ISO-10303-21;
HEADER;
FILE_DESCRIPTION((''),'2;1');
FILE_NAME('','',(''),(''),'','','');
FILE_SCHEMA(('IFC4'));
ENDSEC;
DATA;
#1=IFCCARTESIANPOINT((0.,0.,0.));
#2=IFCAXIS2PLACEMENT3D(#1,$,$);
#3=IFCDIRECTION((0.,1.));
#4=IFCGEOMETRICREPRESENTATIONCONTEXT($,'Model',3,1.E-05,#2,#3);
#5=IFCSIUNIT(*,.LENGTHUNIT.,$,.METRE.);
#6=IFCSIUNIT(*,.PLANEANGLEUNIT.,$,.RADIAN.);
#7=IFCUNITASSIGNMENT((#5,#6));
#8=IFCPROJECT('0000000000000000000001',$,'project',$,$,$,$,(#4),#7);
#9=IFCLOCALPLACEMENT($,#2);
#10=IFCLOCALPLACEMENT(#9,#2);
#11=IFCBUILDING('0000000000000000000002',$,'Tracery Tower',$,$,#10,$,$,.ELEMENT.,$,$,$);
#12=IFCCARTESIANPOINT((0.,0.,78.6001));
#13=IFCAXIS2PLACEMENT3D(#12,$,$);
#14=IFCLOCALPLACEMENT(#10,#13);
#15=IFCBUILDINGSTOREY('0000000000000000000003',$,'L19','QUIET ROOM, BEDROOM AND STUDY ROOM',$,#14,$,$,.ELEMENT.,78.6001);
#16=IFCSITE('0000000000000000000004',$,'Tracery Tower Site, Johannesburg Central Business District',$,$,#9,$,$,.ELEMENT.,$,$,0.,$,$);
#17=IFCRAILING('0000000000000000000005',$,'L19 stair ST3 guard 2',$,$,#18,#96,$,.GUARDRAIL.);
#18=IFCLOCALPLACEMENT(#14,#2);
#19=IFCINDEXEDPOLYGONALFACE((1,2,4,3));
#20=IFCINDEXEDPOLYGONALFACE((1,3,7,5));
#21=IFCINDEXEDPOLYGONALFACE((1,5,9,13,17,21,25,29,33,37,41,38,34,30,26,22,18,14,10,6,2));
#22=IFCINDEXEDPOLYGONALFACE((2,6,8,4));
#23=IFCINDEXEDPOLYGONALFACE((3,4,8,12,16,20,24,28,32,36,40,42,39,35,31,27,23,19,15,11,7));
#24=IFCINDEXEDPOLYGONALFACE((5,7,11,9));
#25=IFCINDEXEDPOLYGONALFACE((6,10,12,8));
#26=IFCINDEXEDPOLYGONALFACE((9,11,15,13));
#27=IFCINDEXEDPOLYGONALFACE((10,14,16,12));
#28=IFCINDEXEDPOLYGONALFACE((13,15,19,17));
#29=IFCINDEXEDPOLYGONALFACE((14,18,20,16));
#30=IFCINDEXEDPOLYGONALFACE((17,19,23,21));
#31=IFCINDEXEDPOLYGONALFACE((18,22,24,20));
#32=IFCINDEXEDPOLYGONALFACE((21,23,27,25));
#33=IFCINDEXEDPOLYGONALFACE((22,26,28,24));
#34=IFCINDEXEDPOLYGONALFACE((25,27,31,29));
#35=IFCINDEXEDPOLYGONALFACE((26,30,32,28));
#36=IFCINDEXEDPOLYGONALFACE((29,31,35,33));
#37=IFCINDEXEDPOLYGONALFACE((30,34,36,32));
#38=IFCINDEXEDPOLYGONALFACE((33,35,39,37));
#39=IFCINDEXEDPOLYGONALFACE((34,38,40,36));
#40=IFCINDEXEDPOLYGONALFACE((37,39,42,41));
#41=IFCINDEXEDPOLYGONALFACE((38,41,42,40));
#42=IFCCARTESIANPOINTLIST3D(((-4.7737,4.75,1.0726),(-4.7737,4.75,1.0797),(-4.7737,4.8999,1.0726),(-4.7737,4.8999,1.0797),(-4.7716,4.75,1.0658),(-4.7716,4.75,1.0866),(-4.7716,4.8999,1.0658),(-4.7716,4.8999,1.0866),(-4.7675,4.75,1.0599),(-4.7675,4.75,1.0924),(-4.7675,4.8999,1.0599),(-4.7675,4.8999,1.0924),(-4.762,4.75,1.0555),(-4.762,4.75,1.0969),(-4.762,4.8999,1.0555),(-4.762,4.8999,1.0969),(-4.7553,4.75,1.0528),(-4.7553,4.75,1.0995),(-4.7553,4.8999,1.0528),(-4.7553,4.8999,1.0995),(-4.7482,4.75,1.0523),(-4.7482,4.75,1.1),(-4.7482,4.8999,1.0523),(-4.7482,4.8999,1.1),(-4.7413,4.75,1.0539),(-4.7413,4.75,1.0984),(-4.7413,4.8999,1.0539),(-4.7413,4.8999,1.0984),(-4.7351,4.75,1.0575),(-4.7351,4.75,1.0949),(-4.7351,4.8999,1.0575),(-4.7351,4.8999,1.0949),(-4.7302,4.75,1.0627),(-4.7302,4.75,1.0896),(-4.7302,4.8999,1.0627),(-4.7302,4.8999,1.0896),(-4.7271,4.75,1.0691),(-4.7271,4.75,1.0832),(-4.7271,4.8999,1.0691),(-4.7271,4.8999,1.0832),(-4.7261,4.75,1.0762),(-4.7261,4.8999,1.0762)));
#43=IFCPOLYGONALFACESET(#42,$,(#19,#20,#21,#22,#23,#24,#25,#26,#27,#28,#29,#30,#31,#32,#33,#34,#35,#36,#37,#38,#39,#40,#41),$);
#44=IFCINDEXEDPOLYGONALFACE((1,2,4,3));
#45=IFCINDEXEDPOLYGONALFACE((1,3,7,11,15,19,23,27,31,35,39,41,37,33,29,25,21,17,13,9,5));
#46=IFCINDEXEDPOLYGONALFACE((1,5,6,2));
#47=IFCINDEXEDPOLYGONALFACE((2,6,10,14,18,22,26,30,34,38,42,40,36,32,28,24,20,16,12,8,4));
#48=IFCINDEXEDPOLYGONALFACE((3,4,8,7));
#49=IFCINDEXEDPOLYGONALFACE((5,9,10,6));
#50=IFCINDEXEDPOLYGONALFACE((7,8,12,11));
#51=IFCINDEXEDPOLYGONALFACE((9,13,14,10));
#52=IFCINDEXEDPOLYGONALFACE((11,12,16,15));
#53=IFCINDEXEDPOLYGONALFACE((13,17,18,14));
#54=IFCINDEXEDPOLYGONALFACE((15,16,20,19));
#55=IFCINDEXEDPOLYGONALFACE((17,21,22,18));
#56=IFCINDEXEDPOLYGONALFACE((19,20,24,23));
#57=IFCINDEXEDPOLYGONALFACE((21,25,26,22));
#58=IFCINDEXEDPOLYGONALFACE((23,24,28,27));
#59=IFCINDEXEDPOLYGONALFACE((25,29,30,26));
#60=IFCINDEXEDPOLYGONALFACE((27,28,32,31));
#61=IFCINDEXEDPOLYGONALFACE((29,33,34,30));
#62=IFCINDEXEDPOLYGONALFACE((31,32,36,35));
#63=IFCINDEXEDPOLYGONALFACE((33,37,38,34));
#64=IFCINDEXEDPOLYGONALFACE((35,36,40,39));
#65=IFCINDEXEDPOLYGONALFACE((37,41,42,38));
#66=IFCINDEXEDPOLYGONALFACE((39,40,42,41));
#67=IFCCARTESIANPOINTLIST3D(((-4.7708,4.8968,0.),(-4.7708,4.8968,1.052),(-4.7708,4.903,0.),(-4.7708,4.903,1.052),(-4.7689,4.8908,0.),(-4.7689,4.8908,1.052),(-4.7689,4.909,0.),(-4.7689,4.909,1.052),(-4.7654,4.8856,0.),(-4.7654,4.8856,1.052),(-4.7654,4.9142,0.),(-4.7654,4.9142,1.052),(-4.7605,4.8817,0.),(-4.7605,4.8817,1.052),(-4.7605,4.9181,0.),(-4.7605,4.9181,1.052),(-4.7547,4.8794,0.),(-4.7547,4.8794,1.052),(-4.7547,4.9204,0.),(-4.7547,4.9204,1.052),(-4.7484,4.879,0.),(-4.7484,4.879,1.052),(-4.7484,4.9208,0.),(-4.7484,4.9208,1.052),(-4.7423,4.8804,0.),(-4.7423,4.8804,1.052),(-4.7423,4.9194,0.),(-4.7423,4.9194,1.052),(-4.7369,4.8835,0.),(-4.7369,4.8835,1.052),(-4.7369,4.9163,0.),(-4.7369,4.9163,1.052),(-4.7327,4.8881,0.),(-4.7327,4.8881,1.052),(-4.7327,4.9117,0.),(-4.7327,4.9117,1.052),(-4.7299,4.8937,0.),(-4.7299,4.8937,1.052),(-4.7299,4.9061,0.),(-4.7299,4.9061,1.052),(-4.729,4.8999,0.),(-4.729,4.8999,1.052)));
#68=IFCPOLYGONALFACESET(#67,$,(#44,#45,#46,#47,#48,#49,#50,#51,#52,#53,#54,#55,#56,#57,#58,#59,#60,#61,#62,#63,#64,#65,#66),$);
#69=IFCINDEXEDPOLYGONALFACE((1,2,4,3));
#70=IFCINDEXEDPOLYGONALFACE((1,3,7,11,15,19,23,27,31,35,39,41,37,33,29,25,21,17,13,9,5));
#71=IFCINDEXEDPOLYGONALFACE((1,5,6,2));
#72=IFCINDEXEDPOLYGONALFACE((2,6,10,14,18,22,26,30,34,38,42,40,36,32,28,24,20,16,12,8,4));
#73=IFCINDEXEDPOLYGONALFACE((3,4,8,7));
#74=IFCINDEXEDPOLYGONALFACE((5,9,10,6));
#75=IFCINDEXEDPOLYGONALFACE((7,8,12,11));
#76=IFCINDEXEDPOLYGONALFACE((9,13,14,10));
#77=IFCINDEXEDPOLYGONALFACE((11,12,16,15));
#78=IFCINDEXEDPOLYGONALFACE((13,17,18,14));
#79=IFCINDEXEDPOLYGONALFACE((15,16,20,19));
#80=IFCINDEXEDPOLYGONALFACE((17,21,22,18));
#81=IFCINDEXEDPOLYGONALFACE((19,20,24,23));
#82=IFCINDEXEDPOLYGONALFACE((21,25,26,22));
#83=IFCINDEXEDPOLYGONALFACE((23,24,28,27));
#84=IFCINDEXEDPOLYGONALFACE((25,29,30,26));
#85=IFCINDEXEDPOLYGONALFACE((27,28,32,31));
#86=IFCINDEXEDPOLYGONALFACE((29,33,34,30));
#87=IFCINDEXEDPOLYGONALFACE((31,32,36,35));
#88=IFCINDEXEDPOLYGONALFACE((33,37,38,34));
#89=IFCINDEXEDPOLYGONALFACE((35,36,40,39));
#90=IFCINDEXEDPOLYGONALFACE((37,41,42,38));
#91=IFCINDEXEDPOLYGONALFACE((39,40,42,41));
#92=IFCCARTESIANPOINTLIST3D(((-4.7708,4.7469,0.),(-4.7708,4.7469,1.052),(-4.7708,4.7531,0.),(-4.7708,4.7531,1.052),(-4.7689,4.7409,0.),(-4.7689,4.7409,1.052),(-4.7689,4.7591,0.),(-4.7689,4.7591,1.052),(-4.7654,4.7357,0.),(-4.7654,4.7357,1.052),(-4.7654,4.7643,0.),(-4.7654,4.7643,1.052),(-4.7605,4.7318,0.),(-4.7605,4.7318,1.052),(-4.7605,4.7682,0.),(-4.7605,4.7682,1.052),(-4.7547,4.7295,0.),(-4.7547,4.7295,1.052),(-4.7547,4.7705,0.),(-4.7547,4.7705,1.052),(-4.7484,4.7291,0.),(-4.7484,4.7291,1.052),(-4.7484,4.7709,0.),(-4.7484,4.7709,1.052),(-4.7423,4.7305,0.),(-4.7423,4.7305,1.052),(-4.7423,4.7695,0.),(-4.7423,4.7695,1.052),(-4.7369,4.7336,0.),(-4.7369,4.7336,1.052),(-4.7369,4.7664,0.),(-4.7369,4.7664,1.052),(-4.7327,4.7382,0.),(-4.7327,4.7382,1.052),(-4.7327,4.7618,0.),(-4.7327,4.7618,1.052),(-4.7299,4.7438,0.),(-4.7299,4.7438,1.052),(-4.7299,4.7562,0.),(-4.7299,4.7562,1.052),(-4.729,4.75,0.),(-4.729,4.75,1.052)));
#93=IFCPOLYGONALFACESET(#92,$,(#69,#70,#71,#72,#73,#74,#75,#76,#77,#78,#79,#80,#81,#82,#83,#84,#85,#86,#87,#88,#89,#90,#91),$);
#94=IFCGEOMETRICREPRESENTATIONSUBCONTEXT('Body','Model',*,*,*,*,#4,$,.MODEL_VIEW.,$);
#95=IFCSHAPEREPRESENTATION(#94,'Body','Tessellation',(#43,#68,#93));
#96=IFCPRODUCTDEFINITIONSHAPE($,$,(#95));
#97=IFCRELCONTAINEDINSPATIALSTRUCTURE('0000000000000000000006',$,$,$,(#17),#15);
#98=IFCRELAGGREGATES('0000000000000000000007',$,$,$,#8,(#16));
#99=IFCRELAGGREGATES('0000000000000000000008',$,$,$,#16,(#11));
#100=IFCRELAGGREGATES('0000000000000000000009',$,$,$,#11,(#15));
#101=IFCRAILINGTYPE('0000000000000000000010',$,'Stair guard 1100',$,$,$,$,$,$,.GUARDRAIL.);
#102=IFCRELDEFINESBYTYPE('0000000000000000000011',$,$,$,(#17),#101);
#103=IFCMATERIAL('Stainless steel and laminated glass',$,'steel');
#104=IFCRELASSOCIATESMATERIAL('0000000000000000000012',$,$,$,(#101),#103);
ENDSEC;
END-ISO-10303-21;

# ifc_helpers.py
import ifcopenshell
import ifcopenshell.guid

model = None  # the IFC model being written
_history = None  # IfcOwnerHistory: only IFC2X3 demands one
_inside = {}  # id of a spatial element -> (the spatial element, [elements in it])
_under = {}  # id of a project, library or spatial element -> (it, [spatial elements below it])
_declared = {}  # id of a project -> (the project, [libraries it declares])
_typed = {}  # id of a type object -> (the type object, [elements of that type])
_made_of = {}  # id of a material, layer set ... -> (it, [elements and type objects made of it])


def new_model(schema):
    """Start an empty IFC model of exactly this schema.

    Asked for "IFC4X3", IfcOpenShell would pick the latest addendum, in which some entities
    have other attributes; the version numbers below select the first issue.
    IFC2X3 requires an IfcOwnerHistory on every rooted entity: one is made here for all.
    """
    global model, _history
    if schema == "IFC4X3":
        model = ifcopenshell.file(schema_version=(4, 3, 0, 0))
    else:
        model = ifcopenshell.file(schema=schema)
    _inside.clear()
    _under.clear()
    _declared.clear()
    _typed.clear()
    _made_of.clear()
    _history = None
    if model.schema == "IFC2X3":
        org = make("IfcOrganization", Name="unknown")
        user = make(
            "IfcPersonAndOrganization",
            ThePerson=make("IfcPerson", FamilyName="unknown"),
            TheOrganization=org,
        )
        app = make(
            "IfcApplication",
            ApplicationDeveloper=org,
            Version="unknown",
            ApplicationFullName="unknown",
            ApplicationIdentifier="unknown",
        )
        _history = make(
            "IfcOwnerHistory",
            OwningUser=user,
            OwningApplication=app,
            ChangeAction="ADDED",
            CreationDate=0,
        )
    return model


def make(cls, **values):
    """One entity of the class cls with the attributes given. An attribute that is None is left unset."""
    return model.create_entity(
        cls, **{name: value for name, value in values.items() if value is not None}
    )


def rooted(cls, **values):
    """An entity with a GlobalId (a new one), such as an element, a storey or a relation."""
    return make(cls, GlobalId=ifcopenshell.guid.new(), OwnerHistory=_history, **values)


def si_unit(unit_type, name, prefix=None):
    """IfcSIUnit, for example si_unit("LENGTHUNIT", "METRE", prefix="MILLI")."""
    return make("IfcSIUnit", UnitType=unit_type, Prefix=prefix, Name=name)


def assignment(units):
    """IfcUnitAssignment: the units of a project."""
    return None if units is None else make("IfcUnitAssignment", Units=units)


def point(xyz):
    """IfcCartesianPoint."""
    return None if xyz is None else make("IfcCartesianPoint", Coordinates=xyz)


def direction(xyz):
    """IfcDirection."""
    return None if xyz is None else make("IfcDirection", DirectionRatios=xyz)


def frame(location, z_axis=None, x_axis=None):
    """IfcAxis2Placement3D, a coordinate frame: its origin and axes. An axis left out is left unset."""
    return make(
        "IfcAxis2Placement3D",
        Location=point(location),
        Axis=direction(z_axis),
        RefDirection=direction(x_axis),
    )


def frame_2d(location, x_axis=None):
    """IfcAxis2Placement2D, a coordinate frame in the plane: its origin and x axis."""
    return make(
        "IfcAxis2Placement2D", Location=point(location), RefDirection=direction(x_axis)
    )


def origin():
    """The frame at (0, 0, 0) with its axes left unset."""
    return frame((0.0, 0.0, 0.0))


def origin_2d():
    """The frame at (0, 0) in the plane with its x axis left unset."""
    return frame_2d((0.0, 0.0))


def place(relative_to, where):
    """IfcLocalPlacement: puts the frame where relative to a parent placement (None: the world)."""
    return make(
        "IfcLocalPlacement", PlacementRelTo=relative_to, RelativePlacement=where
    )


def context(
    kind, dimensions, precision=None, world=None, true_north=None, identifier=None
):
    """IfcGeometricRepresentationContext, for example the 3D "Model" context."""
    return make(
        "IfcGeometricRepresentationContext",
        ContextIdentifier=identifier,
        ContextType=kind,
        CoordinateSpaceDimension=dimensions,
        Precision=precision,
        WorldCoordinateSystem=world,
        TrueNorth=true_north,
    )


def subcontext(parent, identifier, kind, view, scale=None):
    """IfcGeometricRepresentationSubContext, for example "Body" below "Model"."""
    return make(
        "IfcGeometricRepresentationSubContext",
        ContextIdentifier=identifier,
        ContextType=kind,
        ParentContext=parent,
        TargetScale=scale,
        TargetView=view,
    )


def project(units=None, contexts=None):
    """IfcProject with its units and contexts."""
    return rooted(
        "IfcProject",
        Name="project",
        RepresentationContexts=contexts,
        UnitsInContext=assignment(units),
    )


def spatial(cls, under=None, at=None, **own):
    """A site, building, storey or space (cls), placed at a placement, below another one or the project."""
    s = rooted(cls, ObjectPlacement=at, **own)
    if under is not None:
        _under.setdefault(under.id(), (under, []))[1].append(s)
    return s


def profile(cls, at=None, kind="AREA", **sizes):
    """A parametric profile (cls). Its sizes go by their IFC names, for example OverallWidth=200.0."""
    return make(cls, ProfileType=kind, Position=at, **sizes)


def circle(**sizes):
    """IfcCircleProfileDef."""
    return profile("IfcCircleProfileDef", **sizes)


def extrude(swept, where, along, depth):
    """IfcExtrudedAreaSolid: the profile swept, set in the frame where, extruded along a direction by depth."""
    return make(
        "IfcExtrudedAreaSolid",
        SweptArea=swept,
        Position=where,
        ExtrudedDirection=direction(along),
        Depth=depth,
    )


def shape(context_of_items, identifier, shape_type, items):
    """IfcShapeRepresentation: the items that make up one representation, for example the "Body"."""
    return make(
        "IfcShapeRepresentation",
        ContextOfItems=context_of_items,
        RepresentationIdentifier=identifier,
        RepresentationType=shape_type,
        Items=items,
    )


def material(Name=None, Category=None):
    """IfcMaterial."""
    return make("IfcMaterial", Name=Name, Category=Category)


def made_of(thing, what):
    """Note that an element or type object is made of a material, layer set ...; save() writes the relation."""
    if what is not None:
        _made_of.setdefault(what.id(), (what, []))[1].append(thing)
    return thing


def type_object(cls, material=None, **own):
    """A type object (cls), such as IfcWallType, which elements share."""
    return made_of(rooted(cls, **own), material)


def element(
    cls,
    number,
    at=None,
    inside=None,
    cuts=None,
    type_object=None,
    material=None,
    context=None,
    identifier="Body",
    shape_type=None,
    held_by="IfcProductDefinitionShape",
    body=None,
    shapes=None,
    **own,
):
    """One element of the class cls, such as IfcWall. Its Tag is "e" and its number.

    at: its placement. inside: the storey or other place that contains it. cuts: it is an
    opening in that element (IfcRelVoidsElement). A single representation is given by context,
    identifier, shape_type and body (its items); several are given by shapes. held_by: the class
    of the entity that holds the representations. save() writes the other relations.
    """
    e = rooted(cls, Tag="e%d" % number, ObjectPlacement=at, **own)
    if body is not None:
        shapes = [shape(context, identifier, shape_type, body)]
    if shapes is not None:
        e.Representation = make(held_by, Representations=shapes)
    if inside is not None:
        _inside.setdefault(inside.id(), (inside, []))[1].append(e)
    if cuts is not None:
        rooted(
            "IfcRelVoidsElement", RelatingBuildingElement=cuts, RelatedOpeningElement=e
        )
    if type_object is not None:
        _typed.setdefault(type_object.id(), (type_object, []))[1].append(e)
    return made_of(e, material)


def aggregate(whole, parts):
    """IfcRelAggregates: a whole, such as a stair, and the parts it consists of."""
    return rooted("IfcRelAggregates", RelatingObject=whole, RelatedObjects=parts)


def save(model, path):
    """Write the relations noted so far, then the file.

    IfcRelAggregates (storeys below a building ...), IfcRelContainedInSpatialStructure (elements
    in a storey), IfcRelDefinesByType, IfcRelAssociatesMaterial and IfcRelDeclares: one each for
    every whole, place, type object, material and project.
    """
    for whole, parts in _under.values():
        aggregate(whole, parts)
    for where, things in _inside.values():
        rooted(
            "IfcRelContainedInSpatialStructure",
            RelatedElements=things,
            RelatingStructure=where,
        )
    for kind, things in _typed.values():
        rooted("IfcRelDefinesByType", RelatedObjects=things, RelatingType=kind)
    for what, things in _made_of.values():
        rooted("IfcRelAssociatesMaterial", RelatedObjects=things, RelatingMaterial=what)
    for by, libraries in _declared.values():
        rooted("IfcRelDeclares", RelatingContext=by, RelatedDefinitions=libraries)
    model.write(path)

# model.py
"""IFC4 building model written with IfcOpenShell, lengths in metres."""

from ifc_helpers import new_model, si_unit, direction, frame, origin, origin_2d, place, context, subcontext, project, spatial, circle, extrude, material, type_object, element, save


model = new_model("IFC4")

# Units and contexts
model_context = context("Model", 3, precision=1e-05, world=origin(), true_north=direction((0.0, 1.0)))
body_context = subcontext(model_context, "Body", "Model", "MODEL_VIEW")
ifc_project = project(units=[si_unit("LENGTHUNIT", "METRE"), si_unit("PLANEANGLEUNIT", "RADIAN")], contexts=[model_context])

# Site, building, storey
site_placement = place(None, origin())
site = spatial("IfcSite", under=ifc_project, at=site_placement, Name="Tracery Tower Site, Johannesburg Central Business District", CompositionType="ELEMENT", RefElevation=0.0)
building_placement = place(site_placement, origin())
building = spatial("IfcBuilding", under=site, at=building_placement, Name="Tracery Tower", CompositionType="ELEMENT")
storey_placement = place(building_placement, frame((0.0, 0.0, 78.6001)))
storey = spatial("IfcBuildingStorey", under=building, at=storey_placement, Name="L19", Description="QUIET ROOM, BEDROOM AND STUDY ROOM", CompositionType="ELEMENT", Elevation=78.6001)

# Railing
ifc_material_1 = material(Name="Stainless steel and laminated glass", Category="steel")
railing_type_1 = type_object("IfcRailingType", Name="Stair guard 1100", PredefinedType="GUARDRAIL", material=ifc_material_1)
railing_1_placement = place(storey_placement, frame((-4.75, 4.8999, 0.0)))
element("IfcRailing", 1, at=railing_1_placement, inside=storey, type_object=railing_type_1, Name="L19 stair ST3 guard 2", PredefinedType="GUARDRAIL", context=body_context, shape_type="SweptSolid", body=[
    extrude(circle(Radius=0.0239, at=origin_2d()), frame((0.0, 0.0, 1.0762), z_axis=(0.0, -1.0, 0.0), x_axis=(1.0, 0.0, 0.0)), (0.0, 0.0, 1.0), 0.1499),
    extrude(circle(Radius=0.021, at=origin_2d()), origin(), (0.0, 0.0, 1.0), 1.052),
    extrude(circle(Radius=0.021, at=origin_2d()), frame((0.0, -0.1499, 0.0)), (0.0, 0.0, 1.0), 1.052),
])

save(model, "model.ifc")
